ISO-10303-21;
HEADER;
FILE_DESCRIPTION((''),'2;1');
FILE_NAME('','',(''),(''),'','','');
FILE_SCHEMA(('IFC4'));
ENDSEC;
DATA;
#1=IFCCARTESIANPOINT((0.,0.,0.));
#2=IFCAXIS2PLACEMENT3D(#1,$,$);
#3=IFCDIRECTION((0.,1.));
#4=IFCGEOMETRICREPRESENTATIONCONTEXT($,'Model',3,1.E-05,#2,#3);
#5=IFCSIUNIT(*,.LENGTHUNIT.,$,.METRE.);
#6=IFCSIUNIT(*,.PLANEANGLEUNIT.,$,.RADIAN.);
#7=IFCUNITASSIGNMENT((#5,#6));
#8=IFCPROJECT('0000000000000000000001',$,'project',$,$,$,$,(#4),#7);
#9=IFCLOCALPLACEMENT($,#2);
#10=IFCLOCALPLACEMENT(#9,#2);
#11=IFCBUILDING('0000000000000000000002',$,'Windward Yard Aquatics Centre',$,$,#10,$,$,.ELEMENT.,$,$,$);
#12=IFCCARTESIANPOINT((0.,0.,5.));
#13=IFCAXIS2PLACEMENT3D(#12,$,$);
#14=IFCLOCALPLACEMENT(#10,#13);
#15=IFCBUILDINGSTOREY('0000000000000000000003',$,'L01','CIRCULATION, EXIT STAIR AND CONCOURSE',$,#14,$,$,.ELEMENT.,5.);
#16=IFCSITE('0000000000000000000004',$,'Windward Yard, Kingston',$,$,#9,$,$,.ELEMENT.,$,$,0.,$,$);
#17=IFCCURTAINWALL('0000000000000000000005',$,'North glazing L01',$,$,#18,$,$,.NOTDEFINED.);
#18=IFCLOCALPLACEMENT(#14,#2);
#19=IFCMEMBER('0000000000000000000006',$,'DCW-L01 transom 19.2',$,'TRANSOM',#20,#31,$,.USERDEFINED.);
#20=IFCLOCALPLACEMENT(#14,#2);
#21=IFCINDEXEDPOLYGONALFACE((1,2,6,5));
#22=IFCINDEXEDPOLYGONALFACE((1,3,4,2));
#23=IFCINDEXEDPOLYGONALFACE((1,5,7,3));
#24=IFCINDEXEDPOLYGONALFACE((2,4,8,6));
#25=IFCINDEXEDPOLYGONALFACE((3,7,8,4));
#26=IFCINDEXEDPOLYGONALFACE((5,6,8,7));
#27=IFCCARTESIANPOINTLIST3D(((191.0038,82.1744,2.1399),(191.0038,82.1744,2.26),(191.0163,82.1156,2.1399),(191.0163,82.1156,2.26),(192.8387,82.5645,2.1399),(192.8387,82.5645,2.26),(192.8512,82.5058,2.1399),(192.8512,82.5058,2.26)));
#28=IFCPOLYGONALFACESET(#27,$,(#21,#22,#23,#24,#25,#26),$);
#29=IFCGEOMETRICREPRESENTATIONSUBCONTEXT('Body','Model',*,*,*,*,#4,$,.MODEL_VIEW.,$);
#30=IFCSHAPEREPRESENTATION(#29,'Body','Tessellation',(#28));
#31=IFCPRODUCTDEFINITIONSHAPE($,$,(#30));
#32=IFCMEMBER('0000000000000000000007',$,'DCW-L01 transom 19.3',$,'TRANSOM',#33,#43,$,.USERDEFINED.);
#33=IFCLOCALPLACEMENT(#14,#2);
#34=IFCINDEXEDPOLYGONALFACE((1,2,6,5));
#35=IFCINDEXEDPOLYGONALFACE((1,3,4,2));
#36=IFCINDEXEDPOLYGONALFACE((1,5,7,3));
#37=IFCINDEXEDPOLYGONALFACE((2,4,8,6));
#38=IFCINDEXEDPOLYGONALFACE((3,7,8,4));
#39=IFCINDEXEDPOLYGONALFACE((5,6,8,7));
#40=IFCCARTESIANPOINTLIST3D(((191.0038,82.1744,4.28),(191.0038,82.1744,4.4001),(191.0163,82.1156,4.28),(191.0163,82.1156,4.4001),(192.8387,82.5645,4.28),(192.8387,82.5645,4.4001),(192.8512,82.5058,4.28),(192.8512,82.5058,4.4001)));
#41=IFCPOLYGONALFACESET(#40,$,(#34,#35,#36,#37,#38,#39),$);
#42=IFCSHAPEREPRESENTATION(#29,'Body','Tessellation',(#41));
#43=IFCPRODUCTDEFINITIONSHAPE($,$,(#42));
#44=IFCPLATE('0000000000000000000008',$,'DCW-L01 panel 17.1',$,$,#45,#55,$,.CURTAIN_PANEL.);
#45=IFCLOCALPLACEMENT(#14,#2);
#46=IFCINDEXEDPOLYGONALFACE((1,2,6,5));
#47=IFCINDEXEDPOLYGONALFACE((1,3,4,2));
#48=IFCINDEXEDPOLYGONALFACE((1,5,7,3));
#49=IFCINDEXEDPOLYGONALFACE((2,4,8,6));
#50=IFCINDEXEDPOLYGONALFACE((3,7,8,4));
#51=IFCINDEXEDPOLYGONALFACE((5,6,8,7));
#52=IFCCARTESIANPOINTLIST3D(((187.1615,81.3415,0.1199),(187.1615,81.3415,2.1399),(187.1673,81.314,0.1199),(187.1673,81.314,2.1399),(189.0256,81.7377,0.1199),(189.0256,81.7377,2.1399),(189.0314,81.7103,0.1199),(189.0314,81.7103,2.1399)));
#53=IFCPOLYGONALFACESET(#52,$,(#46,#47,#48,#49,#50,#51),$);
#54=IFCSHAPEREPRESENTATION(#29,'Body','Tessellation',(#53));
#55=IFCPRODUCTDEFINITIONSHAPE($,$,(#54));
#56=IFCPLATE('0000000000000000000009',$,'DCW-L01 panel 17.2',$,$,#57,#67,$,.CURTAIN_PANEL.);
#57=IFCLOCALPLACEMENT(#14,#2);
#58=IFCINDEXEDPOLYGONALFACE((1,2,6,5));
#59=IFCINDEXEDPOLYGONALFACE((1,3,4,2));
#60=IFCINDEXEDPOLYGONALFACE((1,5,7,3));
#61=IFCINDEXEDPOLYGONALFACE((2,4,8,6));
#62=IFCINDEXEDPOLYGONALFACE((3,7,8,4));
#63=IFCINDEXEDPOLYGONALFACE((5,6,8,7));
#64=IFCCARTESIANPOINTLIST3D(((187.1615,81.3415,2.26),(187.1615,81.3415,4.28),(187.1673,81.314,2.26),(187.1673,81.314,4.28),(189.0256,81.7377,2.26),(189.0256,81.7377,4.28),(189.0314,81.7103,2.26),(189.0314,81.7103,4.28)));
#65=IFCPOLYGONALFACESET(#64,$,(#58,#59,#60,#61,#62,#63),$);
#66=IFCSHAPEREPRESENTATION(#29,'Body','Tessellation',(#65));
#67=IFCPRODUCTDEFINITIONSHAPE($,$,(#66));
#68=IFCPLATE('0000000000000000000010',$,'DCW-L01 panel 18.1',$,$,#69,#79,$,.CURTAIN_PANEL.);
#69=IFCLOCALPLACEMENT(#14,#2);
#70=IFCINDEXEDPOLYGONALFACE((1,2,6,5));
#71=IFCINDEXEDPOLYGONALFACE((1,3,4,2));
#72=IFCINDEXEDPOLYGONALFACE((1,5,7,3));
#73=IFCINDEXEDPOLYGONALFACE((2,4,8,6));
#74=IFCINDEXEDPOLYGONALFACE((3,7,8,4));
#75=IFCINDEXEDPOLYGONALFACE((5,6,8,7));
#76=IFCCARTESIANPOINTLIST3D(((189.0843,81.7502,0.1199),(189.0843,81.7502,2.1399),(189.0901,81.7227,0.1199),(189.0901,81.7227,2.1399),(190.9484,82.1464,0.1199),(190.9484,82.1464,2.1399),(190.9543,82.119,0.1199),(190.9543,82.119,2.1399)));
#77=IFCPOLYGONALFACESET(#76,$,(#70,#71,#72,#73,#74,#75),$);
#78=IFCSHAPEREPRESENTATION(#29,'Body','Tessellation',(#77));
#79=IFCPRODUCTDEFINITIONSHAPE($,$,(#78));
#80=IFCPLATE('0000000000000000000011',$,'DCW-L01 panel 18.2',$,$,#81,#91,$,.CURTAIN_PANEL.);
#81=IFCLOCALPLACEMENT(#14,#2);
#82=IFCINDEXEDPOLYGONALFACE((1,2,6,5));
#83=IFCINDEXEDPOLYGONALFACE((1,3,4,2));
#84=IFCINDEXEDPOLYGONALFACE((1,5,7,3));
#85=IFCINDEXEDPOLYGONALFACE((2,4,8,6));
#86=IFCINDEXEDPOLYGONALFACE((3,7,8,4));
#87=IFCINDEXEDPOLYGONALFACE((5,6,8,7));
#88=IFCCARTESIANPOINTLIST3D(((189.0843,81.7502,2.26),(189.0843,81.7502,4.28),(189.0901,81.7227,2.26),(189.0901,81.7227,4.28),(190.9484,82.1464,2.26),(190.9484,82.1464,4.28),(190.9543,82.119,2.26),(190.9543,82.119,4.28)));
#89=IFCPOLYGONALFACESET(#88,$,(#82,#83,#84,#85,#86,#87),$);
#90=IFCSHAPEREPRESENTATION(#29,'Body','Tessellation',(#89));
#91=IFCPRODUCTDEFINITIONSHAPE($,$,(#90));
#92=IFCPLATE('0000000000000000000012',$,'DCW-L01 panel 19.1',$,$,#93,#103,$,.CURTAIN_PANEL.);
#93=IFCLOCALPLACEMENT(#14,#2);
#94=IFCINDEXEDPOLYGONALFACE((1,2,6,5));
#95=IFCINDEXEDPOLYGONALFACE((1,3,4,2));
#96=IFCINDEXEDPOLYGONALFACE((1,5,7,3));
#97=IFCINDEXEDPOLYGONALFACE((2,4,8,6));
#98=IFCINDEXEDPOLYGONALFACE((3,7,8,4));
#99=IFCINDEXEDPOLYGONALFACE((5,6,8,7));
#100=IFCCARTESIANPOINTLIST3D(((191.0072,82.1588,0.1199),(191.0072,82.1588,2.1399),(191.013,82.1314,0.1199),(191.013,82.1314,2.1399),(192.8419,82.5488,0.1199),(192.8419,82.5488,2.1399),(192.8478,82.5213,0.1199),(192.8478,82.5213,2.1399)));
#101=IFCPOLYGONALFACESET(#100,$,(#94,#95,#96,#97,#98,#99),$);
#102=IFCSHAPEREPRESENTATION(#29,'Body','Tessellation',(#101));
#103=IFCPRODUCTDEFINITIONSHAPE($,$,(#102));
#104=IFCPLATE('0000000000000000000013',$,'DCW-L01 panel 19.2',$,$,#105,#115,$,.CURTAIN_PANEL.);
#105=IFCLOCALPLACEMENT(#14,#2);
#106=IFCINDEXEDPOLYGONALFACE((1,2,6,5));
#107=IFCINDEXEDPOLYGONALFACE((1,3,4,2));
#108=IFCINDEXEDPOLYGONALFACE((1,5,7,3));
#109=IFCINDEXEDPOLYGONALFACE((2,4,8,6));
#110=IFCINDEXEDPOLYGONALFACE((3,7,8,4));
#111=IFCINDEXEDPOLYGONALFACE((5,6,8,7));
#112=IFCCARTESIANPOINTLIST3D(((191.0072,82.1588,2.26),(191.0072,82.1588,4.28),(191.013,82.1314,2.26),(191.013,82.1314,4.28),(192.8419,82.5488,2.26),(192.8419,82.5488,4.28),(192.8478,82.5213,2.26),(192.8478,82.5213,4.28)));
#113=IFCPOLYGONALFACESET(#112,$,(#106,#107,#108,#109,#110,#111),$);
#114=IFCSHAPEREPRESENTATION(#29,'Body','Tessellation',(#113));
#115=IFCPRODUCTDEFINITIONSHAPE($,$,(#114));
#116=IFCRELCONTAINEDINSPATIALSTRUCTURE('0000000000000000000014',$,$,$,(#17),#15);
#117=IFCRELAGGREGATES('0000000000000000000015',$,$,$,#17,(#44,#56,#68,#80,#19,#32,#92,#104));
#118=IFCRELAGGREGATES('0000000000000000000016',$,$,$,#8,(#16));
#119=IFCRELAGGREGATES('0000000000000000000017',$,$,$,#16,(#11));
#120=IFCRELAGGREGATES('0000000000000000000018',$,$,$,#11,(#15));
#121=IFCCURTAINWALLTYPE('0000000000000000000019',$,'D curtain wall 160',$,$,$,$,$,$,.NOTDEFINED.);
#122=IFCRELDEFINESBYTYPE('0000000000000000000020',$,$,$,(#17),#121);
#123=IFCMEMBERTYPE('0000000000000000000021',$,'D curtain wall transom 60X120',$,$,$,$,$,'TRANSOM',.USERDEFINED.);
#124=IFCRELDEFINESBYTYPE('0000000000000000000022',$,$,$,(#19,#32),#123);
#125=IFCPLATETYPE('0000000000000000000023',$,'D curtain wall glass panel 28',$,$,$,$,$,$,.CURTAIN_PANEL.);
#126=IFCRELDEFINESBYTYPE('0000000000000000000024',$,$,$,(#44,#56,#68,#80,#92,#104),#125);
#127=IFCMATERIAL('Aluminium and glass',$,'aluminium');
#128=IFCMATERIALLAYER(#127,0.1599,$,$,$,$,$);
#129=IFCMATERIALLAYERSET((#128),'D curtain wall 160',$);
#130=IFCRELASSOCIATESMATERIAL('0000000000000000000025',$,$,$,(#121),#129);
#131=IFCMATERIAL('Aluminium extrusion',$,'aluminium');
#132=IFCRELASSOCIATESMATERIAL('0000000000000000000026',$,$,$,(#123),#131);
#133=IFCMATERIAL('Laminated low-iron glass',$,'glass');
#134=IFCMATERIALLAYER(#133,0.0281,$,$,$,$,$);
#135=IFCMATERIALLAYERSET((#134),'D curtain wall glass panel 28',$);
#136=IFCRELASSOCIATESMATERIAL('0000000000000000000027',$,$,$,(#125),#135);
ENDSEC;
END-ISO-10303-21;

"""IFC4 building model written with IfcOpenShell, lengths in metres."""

from ifc_helpers import new_model, si_unit, direction, frame, origin, origin_2d, place, context, subcontext, project, spatial, rectangle, extrude, material, layer, layer_set, material_profile, profile_set, type_object, element, aggregate, save


model = new_model("IFC4")

# Units and contexts
model_context = context("Model", 3, precision=1e-05, world=origin(), true_north=direction((0.0, 1.0)))
body_context = subcontext(model_context, "Body", "Model", "MODEL_VIEW")
ifc_project = project(units=[si_unit("LENGTHUNIT", "METRE"), si_unit("PLANEANGLEUNIT", "RADIAN")], contexts=[model_context])

# Site, building, storey
site_placement = place(None, origin())
site = spatial("IfcSite", under=ifc_project, at=site_placement, Name="Windward Yard, Kingston", CompositionType="ELEMENT", RefElevation=0.0)
building_placement = place(site_placement, origin())
building = spatial("IfcBuilding", under=site, at=building_placement, Name="Windward Yard Aquatics Centre", CompositionType="ELEMENT")
storey_placement = place(building_placement, frame((0.0, 0.0, 5.0)))
storey = spatial("IfcBuildingStorey", under=building, at=storey_placement, Name="L01", Description="CIRCULATION, EXIT STAIR AND CONCOURSE", CompositionType="ELEMENT", Elevation=5.0)

# Curtain wall, members, plates
ifc_material_1 = material(Name="Aluminium and glass", Category="aluminium")
ifc_layer_1 = layer(ifc_material_1, 0.1599)
ifc_layer_set_1 = layer_set([ifc_layer_1], Name="D curtain wall 160")
curtain_wall_type = type_object("IfcCurtainWallType", Name="D curtain wall 160", PredefinedType="NOTDEFINED", material=ifc_layer_set_1)
curtain_wall_placement = place(storey_placement, origin())
curtain_wall = element("IfcCurtainWall", 1, at=curtain_wall_placement, inside=storey, type_object=curtain_wall_type, Name="North glazing L01", PredefinedType="NOTDEFINED")
ifc_material_2 = material(Name="Aluminium extrusion", Category="aluminium")
ifc_material_profile_1 = material_profile(ifc_material_2, rectangle(XDim=0.0601, YDim=0.1201, at=origin_2d()), Name="TRANSOM 60X120")
ifc_profile_set_1 = profile_set([ifc_material_profile_1], Name="Aluminium extrusion")
member_type_1 = type_object("IfcMemberType", Name="D curtain wall transom 60X120", ElementType="TRANSOM", PredefinedType="USERDEFINED", material=ifc_profile_set_1)
member_1_placement = place(storey_placement, frame((191.01, 82.145, 2.2), z_axis=(0.978136, 0.207965, 0.0), x_axis=(-0.207965, 0.978136, 0.0)))
member_1 = element("IfcMember", 2, at=member_1_placement, type_object=member_type_1, Name="DCW-L01 transom 19.2", ObjectType="TRANSOM", PredefinedType="USERDEFINED", context=body_context, shape_type="SweptSolid", body=[
    extrude(rectangle(XDim=0.0601, YDim=0.1201, at=origin_2d()), origin(), (0.0, 0.0, 1.0), 1.876),
])
member_2_placement = place(storey_placement, frame((191.01, 82.145, 4.3401), z_axis=(0.978136, 0.207965, 0.0), x_axis=(-0.207965, 0.978136, 0.0)))
member_2 = element("IfcMember", 3, at=member_2_placement, type_object=member_type_1, Name="DCW-L01 transom 19.3", ObjectType="TRANSOM", PredefinedType="USERDEFINED", context=body_context, shape_type="SweptSolid", body=[
    extrude(rectangle(XDim=0.0601, YDim=0.1201, at=origin_2d()), origin(), (0.0, 0.0, 1.0), 1.876),
])
ifc_material_3 = material(Name="Laminated low-iron glass", Category="glass")
ifc_layer_2 = layer(ifc_material_3, 0.0281)
ifc_layer_set_2 = layer_set([ifc_layer_2], Name="D curtain wall glass panel 28")
plate_type = type_object("IfcPlateType", Name="D curtain wall glass panel 28", PredefinedType="CURTAIN_PANEL", material=ifc_layer_set_2)
plate_1_placement = place(storey_placement, frame((188.0964, 81.5259, 0.1199), z_axis=(0.0, 0.0, 1.0), x_axis=(0.978148, 0.207912, 0.0)))
plate_1 = element("IfcPlate", 4, at=plate_1_placement, type_object=plate_type, Name="DCW-L01 panel 17.1", PredefinedType="CURTAIN_PANEL", context=body_context, shape_type="SweptSolid", body=[
    extrude(rectangle(XDim=1.9058, YDim=0.0281, at=origin_2d()), origin(), (0.0, 0.0, 1.0), 2.02),
])
plate_2_placement = place(storey_placement, frame((188.0964, 81.5259, 2.26), z_axis=(0.0, 0.0, 1.0), x_axis=(0.978148, 0.207912, 0.0)))
plate_2 = element("IfcPlate", 5, at=plate_2_placement, type_object=plate_type, Name="DCW-L01 panel 17.2", PredefinedType="CURTAIN_PANEL", context=body_context, shape_type="SweptSolid", body=[
    extrude(rectangle(XDim=1.9058, YDim=0.0281, at=origin_2d()), origin(), (0.0, 0.0, 1.0), 2.02),
])
plate_3_placement = place(storey_placement, frame((190.0193, 81.9346, 0.1199), z_axis=(0.0, 0.0, 1.0), x_axis=(0.978148, 0.207912, 0.0)))
plate_3 = element("IfcPlate", 6, at=plate_3_placement, type_object=plate_type, Name="DCW-L01 panel 18.1", PredefinedType="CURTAIN_PANEL", context=body_context, shape_type="SweptSolid", body=[
    extrude(rectangle(XDim=1.9058, YDim=0.0281, at=origin_2d()), origin(), (0.0, 0.0, 1.0), 2.02),
])
plate_4_placement = place(storey_placement, frame((190.0193, 81.9346, 2.26), z_axis=(0.0, 0.0, 1.0), x_axis=(0.978148, 0.207912, 0.0)))
plate_4 = element("IfcPlate", 7, at=plate_4_placement, type_object=plate_type, Name="DCW-L01 panel 18.2", PredefinedType="CURTAIN_PANEL", context=body_context, shape_type="SweptSolid", body=[
    extrude(rectangle(XDim=1.9058, YDim=0.0281, at=origin_2d()), origin(), (0.0, 0.0, 1.0), 2.02),
])
plate_5_placement = place(storey_placement, frame((191.9275, 82.3401, 0.1199), z_axis=(0.0, 0.0, 1.0), x_axis=(0.978148, 0.207912, 0.0)))
plate_5 = element("IfcPlate", 8, at=plate_5_placement, type_object=plate_type, Name="DCW-L01 panel 19.1", PredefinedType="CURTAIN_PANEL", context=body_context, shape_type="SweptSolid", body=[
    extrude(rectangle(XDim=1.8757, YDim=0.0281, at=origin_2d()), origin(), (0.0, 0.0, 1.0), 2.02),
])
plate_6_placement = place(storey_placement, frame((191.9275, 82.3401, 2.26), z_axis=(0.0, 0.0, 1.0), x_axis=(0.978148, 0.207912, 0.0)))
plate_6 = element("IfcPlate", 9, at=plate_6_placement, type_object=plate_type, Name="DCW-L01 panel 19.2", PredefinedType="CURTAIN_PANEL", context=body_context, shape_type="SweptSolid", body=[
    extrude(rectangle(XDim=1.8757, YDim=0.0281, at=origin_2d()), origin(), (0.0, 0.0, 1.0), 2.02),
])
aggregate(curtain_wall, [plate_1, plate_2, plate_3, plate_4, member_1, member_2, plate_5, plate_6])

save(model, "model.ifc")
